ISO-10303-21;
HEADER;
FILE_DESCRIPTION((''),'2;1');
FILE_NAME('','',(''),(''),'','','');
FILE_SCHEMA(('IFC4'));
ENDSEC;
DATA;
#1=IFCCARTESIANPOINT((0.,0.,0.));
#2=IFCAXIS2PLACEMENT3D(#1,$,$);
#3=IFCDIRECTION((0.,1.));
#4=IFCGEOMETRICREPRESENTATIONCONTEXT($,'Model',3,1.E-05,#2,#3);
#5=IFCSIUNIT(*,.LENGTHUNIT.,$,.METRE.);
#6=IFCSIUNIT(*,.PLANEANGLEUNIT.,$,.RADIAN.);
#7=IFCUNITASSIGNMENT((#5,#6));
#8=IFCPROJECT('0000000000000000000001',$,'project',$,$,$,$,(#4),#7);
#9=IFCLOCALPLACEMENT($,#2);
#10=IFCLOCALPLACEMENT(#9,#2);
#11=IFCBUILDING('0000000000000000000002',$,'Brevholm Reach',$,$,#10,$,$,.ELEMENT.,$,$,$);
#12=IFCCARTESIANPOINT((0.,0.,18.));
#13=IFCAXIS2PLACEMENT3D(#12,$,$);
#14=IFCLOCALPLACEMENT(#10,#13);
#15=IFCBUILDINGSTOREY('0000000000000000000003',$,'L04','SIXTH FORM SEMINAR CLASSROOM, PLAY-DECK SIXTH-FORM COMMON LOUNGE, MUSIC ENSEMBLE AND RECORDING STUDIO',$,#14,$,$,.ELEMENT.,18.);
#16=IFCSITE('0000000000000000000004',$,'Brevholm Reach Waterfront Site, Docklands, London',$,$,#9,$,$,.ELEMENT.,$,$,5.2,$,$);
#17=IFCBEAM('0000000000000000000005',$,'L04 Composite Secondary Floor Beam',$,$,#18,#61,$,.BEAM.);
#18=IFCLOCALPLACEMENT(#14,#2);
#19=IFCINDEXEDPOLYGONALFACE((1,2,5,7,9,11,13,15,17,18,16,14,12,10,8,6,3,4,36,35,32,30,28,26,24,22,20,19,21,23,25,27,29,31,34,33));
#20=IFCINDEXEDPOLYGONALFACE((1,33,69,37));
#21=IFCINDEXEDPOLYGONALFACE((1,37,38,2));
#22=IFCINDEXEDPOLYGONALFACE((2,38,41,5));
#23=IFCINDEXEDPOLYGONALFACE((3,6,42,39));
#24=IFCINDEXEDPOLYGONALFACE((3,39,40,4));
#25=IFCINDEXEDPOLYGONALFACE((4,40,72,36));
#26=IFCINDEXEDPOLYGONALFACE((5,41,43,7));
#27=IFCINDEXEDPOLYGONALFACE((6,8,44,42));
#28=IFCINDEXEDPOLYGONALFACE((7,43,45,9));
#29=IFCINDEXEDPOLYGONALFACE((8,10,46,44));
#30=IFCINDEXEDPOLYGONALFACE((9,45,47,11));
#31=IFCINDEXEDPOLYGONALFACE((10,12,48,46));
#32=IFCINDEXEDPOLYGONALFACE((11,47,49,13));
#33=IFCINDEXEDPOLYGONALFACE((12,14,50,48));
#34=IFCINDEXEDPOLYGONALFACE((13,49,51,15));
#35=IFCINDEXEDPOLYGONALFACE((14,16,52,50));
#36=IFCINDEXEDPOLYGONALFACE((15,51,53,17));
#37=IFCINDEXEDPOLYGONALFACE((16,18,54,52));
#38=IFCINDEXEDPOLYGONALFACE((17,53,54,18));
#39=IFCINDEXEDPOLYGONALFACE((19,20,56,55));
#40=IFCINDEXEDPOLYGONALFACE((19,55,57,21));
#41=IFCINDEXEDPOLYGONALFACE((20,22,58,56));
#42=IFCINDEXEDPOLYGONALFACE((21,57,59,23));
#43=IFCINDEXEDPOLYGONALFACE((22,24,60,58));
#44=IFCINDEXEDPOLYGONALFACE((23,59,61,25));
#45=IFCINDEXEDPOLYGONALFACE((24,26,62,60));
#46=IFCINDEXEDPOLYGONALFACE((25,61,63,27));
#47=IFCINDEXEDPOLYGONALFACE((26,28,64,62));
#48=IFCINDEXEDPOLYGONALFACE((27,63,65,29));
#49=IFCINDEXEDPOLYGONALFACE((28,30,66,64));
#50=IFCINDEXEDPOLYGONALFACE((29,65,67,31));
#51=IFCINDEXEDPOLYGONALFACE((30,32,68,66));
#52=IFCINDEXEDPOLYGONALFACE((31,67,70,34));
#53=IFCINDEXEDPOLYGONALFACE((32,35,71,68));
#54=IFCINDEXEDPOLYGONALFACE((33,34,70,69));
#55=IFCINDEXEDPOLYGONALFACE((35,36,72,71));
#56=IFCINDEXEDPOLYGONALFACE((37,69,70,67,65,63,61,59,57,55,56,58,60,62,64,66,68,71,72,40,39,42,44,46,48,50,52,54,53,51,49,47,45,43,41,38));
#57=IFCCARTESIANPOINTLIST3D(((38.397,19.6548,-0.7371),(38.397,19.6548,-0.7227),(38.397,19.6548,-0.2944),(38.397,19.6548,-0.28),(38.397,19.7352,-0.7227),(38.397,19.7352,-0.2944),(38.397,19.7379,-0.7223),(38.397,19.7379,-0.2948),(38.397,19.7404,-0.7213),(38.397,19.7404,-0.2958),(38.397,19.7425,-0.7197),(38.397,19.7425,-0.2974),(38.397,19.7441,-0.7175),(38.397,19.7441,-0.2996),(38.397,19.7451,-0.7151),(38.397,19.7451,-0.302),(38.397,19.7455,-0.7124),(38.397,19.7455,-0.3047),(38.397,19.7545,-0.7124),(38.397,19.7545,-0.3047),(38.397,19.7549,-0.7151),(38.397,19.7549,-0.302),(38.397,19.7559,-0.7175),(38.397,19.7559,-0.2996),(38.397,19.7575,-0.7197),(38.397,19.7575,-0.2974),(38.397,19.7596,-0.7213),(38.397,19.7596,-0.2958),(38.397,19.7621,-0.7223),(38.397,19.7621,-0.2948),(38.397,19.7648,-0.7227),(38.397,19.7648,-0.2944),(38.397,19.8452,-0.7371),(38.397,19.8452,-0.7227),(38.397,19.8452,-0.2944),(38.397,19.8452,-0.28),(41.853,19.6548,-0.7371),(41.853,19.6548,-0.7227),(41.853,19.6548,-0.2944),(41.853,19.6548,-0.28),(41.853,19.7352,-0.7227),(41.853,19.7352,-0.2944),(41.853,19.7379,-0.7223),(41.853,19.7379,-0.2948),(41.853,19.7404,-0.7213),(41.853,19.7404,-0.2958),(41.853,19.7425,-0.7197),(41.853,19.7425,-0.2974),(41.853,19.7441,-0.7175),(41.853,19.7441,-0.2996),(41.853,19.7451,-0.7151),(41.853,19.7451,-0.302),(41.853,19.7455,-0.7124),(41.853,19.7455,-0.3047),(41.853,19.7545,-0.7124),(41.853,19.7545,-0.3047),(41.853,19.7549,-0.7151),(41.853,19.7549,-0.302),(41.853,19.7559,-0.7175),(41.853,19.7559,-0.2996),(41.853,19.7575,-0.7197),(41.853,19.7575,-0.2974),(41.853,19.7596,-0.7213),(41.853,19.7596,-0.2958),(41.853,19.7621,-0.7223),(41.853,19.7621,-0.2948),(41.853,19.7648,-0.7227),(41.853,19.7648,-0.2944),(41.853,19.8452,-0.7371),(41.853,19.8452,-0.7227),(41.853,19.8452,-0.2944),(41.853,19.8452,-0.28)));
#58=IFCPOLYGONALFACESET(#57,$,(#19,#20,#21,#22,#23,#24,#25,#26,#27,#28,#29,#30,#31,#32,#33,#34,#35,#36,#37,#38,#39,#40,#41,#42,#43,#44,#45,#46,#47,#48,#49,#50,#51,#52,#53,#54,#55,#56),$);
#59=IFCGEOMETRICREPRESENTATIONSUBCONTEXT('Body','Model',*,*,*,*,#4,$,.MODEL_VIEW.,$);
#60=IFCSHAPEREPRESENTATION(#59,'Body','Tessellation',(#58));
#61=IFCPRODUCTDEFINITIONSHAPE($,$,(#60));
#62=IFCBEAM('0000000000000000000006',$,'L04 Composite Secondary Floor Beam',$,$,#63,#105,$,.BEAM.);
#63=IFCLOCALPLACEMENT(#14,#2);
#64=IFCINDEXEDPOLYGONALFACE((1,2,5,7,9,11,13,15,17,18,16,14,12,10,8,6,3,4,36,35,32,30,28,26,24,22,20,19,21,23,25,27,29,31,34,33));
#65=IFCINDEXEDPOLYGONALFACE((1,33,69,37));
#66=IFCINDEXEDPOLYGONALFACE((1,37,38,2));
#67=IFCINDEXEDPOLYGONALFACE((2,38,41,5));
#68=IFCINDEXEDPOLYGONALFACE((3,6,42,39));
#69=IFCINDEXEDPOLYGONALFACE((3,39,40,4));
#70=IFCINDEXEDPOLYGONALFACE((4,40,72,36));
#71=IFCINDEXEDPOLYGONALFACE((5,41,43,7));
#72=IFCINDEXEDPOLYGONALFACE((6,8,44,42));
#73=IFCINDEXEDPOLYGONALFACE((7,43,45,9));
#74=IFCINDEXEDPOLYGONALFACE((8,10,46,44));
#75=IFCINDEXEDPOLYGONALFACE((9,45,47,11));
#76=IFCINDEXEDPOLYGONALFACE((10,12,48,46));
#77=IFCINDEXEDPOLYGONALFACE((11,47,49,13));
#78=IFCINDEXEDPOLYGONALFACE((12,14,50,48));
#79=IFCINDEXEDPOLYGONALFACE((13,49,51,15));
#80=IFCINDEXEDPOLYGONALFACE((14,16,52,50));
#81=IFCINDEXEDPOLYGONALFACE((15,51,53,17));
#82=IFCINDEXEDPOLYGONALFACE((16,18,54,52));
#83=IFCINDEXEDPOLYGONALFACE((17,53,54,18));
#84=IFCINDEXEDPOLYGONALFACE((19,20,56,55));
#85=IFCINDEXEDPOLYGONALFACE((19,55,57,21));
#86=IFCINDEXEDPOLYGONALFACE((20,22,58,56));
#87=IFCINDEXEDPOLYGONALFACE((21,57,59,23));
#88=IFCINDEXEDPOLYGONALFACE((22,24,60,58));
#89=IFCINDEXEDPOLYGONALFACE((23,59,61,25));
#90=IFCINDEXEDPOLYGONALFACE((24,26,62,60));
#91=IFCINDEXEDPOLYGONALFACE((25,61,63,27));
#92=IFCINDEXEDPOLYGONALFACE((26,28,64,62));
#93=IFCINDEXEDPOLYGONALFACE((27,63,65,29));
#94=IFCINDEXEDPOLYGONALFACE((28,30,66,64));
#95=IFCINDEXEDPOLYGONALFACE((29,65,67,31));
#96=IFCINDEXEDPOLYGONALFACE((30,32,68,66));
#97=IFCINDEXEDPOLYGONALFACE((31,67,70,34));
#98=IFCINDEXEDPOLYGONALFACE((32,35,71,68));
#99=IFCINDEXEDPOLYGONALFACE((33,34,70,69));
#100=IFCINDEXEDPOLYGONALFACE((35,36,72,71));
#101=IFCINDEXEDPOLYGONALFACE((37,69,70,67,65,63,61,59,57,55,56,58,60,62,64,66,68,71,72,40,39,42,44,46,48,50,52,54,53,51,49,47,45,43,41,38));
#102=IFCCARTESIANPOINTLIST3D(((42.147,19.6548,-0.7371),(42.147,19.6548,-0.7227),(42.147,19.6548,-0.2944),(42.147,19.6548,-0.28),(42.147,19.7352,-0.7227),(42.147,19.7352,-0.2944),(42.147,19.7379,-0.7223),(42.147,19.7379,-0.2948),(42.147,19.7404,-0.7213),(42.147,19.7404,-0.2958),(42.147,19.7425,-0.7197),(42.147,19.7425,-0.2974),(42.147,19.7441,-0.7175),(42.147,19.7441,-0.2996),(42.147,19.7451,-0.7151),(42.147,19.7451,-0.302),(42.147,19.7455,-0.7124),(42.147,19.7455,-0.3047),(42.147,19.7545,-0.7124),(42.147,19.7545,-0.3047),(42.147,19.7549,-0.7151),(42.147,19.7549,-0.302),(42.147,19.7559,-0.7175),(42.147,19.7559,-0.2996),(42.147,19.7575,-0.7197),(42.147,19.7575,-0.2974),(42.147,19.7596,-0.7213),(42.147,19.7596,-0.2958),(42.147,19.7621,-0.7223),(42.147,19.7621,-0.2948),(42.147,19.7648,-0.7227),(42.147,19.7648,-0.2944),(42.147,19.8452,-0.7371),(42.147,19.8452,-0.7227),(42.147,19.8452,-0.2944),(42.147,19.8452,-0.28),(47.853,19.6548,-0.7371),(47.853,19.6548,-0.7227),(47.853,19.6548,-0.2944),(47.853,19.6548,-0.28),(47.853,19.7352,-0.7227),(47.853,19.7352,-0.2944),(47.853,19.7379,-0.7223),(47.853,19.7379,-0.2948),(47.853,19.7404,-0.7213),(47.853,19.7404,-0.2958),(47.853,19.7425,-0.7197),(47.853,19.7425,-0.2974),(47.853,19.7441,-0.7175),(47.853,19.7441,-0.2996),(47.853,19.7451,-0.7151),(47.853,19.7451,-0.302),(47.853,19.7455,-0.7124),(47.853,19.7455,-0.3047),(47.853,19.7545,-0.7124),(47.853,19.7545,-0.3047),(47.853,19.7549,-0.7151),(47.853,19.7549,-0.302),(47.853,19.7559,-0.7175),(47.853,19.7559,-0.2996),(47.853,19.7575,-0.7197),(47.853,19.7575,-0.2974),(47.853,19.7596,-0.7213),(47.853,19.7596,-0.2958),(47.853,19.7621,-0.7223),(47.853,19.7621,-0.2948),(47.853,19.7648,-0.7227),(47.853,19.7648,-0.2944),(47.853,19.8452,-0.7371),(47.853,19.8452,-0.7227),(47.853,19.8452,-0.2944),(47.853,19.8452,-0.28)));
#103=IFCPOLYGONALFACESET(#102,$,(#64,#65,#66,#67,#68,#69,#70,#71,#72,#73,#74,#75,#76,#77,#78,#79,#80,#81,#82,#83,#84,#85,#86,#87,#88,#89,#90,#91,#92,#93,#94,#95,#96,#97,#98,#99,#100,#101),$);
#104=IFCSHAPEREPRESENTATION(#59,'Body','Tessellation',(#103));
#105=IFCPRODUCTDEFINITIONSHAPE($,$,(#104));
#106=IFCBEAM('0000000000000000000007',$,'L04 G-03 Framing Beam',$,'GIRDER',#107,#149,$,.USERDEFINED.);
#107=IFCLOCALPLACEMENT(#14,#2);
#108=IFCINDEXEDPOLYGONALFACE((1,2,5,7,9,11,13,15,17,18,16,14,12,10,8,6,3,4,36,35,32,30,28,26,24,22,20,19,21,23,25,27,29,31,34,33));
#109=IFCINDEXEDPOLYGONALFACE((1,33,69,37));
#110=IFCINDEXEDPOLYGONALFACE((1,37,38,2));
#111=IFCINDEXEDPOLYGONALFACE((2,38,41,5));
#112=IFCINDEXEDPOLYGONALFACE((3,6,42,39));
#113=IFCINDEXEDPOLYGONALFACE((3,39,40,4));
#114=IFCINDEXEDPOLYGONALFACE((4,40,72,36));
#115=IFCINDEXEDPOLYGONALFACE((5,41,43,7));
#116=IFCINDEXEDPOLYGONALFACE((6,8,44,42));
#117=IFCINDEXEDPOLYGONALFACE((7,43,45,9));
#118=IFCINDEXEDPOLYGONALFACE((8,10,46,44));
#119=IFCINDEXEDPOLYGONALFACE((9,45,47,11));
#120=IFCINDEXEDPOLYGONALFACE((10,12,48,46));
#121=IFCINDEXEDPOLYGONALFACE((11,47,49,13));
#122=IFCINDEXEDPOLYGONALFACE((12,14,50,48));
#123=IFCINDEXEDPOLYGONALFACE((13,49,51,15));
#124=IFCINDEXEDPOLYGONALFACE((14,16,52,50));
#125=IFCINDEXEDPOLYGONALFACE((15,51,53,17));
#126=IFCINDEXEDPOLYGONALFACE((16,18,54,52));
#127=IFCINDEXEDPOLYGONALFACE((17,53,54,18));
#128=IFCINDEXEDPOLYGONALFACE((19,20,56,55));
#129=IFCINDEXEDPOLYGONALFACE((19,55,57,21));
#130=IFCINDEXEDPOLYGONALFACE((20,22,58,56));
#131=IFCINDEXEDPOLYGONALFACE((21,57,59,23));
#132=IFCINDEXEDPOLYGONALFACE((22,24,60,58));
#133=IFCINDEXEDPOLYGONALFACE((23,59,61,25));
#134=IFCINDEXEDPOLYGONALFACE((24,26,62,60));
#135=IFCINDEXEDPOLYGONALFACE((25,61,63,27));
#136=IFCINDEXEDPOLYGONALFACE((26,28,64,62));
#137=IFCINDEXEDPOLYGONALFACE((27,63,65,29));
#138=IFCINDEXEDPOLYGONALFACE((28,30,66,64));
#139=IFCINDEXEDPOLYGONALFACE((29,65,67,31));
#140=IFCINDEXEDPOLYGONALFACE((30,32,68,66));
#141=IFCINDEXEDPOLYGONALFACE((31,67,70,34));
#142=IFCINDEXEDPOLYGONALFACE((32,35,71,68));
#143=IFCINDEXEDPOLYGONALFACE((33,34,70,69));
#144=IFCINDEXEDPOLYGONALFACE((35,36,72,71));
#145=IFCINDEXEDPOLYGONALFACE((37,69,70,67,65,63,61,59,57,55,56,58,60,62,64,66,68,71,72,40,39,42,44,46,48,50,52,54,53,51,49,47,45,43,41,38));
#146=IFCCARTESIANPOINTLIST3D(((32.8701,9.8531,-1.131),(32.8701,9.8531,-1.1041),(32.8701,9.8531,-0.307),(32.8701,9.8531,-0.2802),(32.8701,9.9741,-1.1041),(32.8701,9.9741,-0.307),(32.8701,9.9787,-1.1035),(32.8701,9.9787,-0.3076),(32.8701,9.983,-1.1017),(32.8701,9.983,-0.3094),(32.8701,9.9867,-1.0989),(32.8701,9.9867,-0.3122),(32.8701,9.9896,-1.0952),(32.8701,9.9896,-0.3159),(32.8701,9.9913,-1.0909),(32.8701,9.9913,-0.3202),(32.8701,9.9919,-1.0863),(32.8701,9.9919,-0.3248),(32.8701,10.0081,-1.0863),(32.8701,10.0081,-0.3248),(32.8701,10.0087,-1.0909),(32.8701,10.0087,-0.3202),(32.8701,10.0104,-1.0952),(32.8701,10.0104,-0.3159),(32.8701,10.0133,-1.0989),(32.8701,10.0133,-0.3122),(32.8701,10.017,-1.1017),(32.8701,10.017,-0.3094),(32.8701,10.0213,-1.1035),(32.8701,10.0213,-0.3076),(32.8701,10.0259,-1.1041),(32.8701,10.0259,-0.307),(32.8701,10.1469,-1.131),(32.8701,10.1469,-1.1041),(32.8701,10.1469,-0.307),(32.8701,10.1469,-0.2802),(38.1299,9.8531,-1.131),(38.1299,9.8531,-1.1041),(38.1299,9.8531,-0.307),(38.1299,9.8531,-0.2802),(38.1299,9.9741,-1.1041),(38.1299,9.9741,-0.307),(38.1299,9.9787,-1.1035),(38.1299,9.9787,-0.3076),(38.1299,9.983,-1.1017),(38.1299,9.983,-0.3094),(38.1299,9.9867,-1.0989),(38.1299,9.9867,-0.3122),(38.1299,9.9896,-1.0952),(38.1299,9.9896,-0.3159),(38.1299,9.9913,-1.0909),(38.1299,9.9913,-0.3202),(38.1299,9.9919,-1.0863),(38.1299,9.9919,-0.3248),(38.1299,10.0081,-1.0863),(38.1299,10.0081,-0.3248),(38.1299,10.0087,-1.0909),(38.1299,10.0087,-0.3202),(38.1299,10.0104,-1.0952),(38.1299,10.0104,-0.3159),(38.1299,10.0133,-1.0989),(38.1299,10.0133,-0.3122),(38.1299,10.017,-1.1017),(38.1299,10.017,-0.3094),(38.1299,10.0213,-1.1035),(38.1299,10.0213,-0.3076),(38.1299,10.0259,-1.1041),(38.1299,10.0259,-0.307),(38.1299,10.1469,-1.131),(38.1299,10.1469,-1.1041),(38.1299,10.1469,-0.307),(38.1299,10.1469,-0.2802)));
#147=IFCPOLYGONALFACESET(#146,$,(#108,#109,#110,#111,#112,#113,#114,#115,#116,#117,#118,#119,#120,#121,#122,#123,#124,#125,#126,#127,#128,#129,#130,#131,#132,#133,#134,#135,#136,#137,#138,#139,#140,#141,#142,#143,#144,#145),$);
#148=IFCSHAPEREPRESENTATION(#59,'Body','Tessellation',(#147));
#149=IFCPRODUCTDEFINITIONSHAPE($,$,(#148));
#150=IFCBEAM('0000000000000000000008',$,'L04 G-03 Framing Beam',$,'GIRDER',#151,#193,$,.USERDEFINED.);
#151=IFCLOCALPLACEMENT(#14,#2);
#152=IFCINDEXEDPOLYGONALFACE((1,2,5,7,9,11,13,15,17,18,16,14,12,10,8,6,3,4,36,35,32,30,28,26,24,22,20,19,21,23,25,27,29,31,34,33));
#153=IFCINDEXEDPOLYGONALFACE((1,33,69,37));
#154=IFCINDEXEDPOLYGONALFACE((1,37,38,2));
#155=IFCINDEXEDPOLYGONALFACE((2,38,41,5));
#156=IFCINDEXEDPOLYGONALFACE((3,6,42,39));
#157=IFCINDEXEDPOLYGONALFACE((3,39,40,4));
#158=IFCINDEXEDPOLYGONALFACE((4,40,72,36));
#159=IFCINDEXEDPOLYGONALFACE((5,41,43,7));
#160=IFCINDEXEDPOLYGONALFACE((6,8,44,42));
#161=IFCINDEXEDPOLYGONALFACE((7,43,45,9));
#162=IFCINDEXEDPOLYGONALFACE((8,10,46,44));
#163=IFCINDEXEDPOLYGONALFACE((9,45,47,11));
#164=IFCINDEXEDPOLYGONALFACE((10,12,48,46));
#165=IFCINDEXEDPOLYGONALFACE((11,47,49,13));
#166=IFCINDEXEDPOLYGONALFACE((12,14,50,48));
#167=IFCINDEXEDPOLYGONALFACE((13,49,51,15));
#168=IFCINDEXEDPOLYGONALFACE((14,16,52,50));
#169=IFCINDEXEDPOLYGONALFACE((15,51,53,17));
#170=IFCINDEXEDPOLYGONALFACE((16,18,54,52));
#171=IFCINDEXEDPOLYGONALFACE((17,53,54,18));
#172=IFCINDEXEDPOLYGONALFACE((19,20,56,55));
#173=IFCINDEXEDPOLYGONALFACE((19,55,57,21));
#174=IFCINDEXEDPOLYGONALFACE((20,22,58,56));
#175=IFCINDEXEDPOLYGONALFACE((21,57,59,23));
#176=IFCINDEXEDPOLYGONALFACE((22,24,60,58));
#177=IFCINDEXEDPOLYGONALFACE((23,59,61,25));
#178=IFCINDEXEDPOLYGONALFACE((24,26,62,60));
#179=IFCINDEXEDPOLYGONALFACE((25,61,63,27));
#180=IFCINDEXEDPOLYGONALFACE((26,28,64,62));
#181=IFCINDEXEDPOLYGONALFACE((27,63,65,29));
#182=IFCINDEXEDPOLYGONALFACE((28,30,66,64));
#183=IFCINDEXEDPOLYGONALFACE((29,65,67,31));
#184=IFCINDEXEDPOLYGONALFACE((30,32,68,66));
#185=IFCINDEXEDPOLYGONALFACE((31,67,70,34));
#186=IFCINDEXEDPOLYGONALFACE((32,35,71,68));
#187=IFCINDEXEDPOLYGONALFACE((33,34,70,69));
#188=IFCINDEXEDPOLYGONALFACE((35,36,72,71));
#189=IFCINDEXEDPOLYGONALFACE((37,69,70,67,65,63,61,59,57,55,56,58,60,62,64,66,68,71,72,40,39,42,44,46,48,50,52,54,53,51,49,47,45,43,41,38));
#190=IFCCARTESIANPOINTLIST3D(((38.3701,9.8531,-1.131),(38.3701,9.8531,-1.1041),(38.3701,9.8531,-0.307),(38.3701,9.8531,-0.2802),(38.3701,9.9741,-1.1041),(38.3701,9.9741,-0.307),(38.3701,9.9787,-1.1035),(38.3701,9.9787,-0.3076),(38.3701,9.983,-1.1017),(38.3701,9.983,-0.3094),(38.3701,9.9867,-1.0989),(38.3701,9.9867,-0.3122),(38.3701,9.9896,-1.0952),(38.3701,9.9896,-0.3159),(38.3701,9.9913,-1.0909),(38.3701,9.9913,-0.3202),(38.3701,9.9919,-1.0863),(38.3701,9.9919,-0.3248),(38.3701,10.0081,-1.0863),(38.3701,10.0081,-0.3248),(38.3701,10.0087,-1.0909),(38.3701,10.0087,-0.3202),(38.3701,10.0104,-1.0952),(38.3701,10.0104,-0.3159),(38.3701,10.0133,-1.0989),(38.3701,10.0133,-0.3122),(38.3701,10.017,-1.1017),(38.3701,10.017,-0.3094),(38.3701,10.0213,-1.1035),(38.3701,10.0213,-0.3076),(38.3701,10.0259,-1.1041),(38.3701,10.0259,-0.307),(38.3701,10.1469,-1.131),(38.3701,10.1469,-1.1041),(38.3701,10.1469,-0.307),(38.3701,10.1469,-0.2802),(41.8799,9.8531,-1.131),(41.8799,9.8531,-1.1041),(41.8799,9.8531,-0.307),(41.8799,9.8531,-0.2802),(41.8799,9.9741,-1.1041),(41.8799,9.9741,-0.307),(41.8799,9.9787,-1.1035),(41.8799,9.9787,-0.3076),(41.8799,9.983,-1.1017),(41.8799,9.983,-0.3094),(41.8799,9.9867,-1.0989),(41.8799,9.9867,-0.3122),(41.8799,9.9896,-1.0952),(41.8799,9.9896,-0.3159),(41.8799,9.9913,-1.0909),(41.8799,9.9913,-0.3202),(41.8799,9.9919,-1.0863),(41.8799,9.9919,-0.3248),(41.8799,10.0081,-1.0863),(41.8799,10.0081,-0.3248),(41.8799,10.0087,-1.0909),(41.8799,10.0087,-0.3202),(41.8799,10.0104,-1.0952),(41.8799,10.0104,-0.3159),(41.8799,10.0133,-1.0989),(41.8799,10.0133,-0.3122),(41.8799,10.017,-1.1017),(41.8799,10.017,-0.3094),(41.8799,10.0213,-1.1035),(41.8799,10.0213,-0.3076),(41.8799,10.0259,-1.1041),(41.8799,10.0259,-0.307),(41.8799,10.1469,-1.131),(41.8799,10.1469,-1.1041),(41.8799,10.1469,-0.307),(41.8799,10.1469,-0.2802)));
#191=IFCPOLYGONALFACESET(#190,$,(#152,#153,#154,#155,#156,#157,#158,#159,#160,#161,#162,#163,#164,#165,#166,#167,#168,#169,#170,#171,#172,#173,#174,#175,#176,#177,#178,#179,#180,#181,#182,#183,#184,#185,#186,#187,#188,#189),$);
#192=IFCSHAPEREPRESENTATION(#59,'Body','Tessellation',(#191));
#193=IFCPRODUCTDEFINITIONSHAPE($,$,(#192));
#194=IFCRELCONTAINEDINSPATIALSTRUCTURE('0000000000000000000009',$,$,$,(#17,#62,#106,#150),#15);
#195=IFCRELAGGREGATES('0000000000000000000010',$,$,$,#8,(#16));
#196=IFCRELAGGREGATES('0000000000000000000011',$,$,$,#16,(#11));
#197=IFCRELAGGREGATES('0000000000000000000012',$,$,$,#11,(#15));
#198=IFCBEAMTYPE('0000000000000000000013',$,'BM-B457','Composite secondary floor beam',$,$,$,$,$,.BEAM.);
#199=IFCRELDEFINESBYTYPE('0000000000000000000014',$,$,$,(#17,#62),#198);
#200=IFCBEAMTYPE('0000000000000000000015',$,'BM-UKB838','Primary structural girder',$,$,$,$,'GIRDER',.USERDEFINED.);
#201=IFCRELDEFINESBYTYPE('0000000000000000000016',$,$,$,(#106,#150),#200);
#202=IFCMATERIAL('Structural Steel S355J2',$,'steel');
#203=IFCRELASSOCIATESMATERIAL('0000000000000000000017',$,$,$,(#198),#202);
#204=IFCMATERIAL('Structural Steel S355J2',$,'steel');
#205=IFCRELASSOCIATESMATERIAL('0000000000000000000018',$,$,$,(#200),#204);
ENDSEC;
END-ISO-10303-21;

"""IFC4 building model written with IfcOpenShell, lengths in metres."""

from ifc_helpers import new_model, si_unit, direction, frame, origin, origin_2d, place, context, subcontext, project, spatial, i_section, extrude, material, material_profile, profile_set, type_object, element, save


model = new_model("IFC4")

# Units and contexts
model_context = context("Model", 3, precision=1e-05, world=origin(), true_north=direction((0.0, 1.0)))
body_context = subcontext(model_context, "Body", "Model", "MODEL_VIEW")
ifc_project = project(units=[si_unit("LENGTHUNIT", "METRE"), si_unit("PLANEANGLEUNIT", "RADIAN")], contexts=[model_context])

# Site, building, storey
site_placement = place(None, origin())
site = spatial("IfcSite", under=ifc_project, at=site_placement, Name="Brevholm Reach Waterfront Site, Docklands, London", CompositionType="ELEMENT", RefElevation=5.2)
building_placement = place(site_placement, origin())
building = spatial("IfcBuilding", under=site, at=building_placement, Name="Brevholm Reach", CompositionType="ELEMENT")
storey_placement = place(building_placement, frame((0.0, 0.0, 18.0)))
storey = spatial("IfcBuildingStorey", under=building, at=storey_placement, Name="L04", Description="SIXTH FORM SEMINAR CLASSROOM, PLAY-DECK SIXTH-FORM COMMON LOUNGE, MUSIC ENSEMBLE AND RECORDING STUDIO", CompositionType="ELEMENT", Elevation=18.0)

# Beams
ifc_material_1 = material(Name="Structural Steel S355J2", Category="steel")
ifc_material_profile_1 = material_profile(ifc_material_1, i_section(OverallWidth=0.1904, OverallDepth=0.457, WebThickness=0.009, FlangeThickness=0.0144, FilletRadius=0.0103, at=origin_2d()), Name="UKB 457x191x74")
ifc_profile_set_1 = profile_set([ifc_material_profile_1], Name="Structural Steel S355J2")
beam_type_1 = type_object("IfcBeamType", Name="BM-B457", Description="Composite secondary floor beam", PredefinedType="BEAM", material=ifc_profile_set_1)
beam_1_placement = place(storey_placement, frame((38.397, 19.75, -0.5085), z_axis=(1.0, 0.0, 0.0), x_axis=(0.0, 1.0, 0.0)))
element("IfcBeam", 1, at=beam_1_placement, inside=storey, type_object=beam_type_1, Name="L04 Composite Secondary Floor Beam", PredefinedType="BEAM", context=body_context, shape_type="SweptSolid", body=[
    extrude(i_section(OverallWidth=0.1904, OverallDepth=0.457, WebThickness=0.009, FlangeThickness=0.0144, FilletRadius=0.0103, at=origin_2d()), origin(), (0.0, 0.0, 1.0), 3.4561),
])
beam_2_placement = place(storey_placement, frame((42.147, 19.75, -0.5085), z_axis=(1.0, 0.0, 0.0), x_axis=(0.0, 1.0, 0.0)))
element("IfcBeam", 2, at=beam_2_placement, inside=storey, type_object=beam_type_1, Name="L04 Composite Secondary Floor Beam", PredefinedType="BEAM", context=body_context, shape_type="SweptSolid", body=[
    extrude(i_section(OverallWidth=0.1904, OverallDepth=0.457, WebThickness=0.009, FlangeThickness=0.0144, FilletRadius=0.0103, at=origin_2d()), origin(), (0.0, 0.0, 1.0), 5.7061),
])
ifc_material_2 = material(Name="Structural Steel S355J2", Category="steel")
ifc_material_profile_2 = material_profile(ifc_material_2, i_section(OverallWidth=0.2937, OverallDepth=0.8508, WebThickness=0.0161, FlangeThickness=0.0269, FilletRadius=0.0178, at=origin_2d()), Name="UKB 838x292x226")
ifc_profile_set_2 = profile_set([ifc_material_profile_2], Name="Structural Steel S355J2")
beam_type_2 = type_object("IfcBeamType", Name="BM-UKB838", Description="Primary structural girder", ElementType="GIRDER", PredefinedType="USERDEFINED", material=ifc_profile_set_2)
beam_3_placement = place(storey_placement, frame((32.8701, 10.0, -0.7056), z_axis=(1.0, 0.0, 0.0), x_axis=(0.0, 1.0, 0.0)))
element("IfcBeam", 3, at=beam_3_placement, inside=storey, type_object=beam_type_2, Name="L04 G-03 Framing Beam", ObjectType="GIRDER", PredefinedType="USERDEFINED", context=body_context, shape_type="SweptSolid", body=[
    extrude(i_section(OverallWidth=0.2937, OverallDepth=0.8508, WebThickness=0.0161, FlangeThickness=0.0269, FilletRadius=0.0178, at=origin_2d()), origin(), (0.0, 0.0, 1.0), 5.2598),
])
beam_4_placement = place(storey_placement, frame((38.3701, 10.0, -0.7056), z_axis=(1.0, 0.0, 0.0), x_axis=(0.0, 1.0, 0.0)))
element("IfcBeam", 4, at=beam_4_placement, inside=storey, type_object=beam_type_2, Name="L04 G-03 Framing Beam", ObjectType="GIRDER", PredefinedType="USERDEFINED", context=body_context, shape_type="SweptSolid", body=[
    extrude(i_section(OverallWidth=0.2937, OverallDepth=0.8508, WebThickness=0.0161, FlangeThickness=0.0269, FilletRadius=0.0178, at=origin_2d()), origin(), (0.0, 0.0, 1.0), 3.5098),
])

save(model, "model.ifc")
